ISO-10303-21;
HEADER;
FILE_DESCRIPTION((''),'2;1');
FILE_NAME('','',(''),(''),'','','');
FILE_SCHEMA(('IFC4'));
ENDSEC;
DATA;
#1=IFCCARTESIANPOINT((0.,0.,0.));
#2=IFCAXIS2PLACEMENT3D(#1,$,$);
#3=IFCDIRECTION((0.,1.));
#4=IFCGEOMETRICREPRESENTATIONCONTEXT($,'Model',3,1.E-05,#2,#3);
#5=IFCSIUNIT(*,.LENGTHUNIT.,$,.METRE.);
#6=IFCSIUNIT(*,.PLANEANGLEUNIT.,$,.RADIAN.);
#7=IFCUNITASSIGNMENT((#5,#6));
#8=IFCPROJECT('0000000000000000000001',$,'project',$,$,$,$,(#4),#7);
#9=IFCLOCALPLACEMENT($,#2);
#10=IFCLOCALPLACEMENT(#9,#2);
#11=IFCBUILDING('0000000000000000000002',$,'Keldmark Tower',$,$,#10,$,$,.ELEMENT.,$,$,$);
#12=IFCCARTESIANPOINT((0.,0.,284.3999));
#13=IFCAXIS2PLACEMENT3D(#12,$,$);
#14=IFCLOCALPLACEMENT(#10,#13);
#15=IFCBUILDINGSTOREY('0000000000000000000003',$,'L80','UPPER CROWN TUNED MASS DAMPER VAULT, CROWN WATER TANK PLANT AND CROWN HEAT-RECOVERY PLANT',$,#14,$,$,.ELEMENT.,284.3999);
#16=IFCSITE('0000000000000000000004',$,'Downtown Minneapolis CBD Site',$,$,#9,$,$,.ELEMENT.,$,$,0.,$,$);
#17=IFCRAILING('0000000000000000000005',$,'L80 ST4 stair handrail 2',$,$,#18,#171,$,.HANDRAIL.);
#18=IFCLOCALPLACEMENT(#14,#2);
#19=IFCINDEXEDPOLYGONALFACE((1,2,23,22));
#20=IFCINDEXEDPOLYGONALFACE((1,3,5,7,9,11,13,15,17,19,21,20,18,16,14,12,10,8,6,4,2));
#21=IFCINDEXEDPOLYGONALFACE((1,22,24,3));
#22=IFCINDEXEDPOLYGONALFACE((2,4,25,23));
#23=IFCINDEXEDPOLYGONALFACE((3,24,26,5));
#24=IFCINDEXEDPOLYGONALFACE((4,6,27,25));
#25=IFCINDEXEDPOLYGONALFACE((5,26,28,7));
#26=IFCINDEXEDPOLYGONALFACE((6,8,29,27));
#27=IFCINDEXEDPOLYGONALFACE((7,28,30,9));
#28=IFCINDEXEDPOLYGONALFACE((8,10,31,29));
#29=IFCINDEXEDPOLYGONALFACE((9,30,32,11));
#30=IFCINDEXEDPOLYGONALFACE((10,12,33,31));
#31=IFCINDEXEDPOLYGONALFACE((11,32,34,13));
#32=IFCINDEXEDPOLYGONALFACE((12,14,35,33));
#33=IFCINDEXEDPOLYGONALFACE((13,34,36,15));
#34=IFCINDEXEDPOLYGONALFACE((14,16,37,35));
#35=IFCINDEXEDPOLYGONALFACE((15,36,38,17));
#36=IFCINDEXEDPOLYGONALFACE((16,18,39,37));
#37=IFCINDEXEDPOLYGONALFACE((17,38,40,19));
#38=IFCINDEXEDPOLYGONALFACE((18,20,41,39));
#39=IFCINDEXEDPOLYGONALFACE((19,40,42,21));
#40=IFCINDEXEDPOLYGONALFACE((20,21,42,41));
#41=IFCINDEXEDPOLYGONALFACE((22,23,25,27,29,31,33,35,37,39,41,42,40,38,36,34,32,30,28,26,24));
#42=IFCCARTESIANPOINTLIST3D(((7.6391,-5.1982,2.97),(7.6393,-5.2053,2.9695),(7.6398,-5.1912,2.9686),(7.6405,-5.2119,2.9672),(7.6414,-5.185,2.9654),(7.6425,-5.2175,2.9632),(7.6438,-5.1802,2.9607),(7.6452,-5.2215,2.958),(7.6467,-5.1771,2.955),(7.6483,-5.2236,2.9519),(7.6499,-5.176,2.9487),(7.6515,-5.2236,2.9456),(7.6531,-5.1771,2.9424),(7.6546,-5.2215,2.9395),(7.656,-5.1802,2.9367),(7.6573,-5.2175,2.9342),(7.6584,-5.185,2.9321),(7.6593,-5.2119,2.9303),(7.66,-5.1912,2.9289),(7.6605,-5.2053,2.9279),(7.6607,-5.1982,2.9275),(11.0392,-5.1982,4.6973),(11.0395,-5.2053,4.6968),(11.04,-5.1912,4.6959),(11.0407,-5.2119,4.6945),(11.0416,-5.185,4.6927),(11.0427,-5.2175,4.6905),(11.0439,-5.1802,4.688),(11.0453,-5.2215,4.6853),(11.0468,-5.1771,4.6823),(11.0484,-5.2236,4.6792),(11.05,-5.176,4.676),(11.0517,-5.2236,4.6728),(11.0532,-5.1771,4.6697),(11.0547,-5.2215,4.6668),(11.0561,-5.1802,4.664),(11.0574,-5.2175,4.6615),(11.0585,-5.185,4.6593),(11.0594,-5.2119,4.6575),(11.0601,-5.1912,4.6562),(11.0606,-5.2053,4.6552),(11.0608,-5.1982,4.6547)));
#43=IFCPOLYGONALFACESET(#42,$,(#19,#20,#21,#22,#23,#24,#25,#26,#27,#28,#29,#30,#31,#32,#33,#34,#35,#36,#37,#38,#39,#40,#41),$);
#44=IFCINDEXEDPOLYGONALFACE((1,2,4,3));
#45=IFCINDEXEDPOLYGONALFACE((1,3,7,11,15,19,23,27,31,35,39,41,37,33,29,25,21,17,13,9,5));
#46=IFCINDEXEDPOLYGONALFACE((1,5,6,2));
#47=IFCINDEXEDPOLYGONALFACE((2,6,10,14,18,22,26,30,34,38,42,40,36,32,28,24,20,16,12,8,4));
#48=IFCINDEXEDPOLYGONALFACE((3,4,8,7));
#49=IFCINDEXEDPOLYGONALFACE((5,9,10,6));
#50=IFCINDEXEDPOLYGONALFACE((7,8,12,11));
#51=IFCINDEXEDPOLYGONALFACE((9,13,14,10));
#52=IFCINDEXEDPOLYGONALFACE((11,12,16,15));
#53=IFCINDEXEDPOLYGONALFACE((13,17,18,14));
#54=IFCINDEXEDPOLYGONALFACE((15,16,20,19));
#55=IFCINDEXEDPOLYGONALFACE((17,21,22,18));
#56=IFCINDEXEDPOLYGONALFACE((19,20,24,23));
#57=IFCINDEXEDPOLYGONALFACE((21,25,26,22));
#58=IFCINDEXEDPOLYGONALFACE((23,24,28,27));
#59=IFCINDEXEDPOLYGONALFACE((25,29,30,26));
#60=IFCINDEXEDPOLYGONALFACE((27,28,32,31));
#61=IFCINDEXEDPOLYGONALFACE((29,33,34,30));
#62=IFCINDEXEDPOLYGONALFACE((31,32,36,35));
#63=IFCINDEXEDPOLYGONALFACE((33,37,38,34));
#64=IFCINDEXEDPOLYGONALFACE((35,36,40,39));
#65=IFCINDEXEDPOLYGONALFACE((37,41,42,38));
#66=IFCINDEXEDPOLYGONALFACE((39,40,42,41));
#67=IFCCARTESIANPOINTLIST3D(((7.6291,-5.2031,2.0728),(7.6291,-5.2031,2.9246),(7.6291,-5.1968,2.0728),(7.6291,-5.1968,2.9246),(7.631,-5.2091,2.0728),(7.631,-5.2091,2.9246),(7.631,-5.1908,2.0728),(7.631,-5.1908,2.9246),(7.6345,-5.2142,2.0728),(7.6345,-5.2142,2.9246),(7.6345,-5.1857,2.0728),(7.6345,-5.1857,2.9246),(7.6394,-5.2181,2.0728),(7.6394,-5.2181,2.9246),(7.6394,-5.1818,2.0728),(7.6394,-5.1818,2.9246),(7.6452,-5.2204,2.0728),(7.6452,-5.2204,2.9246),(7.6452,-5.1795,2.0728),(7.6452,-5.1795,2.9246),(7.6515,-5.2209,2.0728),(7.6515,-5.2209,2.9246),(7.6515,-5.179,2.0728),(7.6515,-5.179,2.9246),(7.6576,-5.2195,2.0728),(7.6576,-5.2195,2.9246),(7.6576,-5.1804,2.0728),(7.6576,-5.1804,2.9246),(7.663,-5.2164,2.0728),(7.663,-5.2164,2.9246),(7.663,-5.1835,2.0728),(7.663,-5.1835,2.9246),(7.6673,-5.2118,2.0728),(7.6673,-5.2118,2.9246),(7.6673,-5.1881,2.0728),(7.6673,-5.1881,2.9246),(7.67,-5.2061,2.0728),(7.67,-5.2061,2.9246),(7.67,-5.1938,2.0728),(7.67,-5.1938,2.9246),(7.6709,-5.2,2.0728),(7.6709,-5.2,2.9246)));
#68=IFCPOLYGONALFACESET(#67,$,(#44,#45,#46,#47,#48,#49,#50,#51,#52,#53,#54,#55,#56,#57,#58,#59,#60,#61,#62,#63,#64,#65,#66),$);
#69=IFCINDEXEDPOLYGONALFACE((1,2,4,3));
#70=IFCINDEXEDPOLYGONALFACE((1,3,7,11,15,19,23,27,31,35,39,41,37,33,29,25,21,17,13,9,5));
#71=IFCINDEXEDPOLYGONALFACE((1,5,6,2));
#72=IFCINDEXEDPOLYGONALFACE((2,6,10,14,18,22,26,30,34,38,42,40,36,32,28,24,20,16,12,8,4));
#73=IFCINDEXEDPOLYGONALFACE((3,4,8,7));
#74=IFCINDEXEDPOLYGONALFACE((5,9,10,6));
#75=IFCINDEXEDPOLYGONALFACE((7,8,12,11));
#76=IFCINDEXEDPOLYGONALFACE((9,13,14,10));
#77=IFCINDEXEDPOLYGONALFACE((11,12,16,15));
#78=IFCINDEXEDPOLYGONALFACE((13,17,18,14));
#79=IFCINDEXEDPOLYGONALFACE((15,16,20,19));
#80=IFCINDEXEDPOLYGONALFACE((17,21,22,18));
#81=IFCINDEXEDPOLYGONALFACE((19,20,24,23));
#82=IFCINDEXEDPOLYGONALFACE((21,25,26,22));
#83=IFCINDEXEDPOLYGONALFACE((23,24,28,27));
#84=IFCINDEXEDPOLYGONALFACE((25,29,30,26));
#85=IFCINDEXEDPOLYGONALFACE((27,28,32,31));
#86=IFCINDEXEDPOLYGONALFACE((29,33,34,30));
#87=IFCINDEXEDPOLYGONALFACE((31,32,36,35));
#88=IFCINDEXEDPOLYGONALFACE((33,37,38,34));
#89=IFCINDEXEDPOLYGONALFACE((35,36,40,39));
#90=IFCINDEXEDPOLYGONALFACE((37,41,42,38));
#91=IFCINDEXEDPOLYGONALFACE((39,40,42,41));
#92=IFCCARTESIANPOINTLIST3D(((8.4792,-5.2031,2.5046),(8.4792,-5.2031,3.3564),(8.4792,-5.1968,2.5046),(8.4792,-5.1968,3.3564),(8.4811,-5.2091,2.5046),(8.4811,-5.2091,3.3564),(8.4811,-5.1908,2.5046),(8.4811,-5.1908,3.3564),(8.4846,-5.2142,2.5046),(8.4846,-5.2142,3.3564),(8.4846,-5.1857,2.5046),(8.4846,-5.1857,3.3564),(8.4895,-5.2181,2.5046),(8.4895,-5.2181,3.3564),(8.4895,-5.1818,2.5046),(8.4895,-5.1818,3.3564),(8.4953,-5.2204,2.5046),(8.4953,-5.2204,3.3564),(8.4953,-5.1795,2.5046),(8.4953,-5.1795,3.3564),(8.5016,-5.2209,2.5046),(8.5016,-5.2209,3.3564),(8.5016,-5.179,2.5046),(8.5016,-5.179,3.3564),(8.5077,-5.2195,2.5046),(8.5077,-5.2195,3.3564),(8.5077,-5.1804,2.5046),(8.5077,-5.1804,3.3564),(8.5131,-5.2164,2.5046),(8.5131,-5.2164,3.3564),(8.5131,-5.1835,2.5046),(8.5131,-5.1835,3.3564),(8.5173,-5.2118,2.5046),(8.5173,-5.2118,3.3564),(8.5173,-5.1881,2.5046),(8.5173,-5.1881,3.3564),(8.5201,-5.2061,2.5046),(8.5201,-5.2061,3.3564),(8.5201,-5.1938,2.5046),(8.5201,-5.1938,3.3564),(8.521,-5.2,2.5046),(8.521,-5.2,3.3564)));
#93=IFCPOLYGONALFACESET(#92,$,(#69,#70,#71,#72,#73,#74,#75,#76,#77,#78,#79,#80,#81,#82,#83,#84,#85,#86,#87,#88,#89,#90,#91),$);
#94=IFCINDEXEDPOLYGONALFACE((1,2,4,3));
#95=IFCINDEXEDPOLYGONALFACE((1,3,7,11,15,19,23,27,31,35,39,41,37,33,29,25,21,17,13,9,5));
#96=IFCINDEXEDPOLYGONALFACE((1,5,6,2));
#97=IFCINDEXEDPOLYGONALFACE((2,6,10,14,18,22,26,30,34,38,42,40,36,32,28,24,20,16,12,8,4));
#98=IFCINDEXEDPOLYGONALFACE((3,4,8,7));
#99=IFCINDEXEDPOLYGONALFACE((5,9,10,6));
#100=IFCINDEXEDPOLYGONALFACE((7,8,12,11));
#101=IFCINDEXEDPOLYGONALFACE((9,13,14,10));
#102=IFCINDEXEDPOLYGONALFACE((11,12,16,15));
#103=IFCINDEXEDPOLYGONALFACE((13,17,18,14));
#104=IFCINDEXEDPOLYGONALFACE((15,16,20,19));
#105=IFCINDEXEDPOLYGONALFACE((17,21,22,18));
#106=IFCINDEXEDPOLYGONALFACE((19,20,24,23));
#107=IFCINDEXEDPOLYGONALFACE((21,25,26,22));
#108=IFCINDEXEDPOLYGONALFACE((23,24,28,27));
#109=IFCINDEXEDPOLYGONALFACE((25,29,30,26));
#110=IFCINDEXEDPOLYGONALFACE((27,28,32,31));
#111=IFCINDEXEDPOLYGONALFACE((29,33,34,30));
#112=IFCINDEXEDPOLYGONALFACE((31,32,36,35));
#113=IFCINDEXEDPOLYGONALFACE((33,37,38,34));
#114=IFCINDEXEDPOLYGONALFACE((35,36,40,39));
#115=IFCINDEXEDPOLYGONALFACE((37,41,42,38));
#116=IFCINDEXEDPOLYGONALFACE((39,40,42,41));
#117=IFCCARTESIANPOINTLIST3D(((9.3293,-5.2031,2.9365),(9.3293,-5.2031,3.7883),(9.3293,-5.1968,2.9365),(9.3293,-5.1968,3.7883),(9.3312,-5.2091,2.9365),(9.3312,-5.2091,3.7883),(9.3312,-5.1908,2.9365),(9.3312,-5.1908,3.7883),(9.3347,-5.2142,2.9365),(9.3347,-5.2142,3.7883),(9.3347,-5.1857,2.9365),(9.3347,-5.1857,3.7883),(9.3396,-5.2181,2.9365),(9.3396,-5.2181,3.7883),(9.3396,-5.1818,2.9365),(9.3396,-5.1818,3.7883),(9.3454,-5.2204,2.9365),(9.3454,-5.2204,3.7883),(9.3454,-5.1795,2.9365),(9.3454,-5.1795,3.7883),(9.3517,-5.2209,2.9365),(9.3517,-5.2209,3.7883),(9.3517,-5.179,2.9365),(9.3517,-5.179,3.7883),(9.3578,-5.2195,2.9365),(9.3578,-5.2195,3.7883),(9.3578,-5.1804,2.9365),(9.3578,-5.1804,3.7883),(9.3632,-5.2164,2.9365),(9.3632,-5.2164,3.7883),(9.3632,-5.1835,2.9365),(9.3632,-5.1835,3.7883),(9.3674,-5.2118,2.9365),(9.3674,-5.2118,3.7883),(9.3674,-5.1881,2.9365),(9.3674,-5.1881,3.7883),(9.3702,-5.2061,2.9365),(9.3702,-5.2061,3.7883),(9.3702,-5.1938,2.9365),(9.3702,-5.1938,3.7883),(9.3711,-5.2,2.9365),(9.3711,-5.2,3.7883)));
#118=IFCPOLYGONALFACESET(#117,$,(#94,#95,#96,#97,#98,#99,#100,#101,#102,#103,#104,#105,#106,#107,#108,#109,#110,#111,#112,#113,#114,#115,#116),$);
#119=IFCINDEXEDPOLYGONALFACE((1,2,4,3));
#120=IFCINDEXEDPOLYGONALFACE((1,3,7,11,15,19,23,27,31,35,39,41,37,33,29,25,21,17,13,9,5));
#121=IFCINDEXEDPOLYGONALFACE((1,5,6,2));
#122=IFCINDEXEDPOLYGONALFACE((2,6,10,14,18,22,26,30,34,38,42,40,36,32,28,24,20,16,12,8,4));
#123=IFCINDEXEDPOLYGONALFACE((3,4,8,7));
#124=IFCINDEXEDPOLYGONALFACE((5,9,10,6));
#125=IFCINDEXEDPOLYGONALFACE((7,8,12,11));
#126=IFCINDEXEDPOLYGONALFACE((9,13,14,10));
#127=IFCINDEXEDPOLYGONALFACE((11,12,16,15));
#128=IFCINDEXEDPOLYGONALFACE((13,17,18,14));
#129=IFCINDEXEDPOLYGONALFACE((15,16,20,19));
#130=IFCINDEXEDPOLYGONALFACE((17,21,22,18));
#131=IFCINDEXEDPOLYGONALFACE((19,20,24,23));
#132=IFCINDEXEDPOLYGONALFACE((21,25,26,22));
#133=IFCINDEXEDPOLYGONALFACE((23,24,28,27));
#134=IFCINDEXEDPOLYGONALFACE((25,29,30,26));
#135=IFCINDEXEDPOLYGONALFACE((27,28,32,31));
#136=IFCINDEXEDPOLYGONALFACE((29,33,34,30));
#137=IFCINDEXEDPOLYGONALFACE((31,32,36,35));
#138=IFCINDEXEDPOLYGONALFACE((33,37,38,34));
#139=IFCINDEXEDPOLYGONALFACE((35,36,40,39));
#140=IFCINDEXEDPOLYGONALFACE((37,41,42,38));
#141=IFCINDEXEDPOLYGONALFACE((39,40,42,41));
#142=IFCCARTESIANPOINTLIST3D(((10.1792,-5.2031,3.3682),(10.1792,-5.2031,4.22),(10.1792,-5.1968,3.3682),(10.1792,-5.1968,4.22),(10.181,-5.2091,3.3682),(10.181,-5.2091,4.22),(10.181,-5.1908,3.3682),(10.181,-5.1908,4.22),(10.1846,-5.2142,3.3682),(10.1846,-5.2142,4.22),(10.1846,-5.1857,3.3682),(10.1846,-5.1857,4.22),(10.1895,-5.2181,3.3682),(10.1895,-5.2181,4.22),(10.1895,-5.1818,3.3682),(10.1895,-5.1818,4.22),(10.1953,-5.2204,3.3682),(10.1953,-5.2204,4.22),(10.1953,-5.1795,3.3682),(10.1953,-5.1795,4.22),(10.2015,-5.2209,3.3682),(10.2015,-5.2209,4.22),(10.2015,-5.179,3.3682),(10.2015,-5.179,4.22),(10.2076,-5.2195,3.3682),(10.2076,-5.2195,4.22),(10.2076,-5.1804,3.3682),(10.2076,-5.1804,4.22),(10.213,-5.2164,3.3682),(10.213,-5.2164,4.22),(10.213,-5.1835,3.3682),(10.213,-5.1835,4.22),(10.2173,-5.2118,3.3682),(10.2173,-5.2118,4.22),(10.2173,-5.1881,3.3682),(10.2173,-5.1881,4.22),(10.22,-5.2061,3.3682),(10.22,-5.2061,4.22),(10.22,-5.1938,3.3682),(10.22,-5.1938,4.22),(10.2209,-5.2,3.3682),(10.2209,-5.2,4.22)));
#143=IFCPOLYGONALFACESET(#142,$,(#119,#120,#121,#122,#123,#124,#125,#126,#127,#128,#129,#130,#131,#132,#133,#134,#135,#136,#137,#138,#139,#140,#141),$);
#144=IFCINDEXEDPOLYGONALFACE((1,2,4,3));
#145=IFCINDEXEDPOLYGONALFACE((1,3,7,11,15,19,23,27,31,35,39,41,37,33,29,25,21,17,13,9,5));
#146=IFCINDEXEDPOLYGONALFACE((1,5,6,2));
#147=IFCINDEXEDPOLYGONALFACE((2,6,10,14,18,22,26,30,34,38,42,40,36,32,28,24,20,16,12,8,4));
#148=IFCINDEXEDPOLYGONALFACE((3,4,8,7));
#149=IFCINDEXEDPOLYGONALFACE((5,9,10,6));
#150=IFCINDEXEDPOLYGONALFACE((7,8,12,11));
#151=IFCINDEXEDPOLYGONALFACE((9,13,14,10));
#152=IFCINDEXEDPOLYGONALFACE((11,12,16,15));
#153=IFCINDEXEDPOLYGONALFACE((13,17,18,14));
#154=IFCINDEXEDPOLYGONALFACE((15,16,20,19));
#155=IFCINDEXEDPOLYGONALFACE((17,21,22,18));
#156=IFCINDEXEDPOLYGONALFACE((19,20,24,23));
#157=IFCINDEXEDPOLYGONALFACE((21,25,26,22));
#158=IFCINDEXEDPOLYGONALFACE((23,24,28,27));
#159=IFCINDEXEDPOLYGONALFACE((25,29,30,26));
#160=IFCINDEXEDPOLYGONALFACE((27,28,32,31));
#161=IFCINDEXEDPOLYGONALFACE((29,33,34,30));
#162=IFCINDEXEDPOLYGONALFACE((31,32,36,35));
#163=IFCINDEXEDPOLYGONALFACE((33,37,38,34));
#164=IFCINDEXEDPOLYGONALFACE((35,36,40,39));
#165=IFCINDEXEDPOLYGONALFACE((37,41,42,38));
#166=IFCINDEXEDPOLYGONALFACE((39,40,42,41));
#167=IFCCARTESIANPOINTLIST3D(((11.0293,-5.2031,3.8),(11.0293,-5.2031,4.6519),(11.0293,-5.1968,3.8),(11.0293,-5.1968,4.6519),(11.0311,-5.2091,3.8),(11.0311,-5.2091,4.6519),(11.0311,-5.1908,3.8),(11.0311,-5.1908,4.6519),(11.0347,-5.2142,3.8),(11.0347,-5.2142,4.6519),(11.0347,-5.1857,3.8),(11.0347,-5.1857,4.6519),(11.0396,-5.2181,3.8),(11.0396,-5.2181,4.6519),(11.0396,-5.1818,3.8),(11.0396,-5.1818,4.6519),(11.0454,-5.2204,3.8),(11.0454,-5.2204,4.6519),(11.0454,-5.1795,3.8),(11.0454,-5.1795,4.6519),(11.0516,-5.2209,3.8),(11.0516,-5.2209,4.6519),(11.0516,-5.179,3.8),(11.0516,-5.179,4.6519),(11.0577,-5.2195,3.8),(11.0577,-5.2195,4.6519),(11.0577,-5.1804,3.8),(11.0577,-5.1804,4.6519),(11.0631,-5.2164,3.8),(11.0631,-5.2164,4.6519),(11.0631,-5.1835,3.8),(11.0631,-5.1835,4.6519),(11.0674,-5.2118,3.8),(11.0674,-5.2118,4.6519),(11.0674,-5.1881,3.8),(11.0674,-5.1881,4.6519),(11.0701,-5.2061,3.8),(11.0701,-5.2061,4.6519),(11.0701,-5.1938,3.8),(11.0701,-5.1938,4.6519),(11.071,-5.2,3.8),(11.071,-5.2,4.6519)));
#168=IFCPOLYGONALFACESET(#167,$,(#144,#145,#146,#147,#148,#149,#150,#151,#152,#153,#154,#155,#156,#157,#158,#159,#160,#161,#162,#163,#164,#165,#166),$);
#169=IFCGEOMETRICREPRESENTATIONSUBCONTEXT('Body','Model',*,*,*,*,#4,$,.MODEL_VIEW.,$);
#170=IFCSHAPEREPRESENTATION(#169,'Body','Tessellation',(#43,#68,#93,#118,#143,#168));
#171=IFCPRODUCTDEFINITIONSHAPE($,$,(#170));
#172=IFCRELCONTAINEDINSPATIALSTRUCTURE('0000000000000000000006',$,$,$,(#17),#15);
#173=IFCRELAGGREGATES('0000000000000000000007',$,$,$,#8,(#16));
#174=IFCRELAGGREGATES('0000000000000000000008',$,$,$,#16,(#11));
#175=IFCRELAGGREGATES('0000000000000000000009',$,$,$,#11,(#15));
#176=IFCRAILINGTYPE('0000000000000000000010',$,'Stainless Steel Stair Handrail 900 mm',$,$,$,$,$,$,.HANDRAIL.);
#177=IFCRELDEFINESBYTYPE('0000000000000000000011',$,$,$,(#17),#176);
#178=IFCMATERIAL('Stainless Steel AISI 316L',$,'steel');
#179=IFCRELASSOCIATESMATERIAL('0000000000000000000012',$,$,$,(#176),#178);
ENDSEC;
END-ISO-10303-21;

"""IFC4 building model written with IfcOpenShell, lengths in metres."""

from ifc_helpers import new_model, si_unit, direction, frame, origin, origin_2d, place, context, subcontext, project, spatial, circle, extrude, material, type_object, element, save


model = new_model("IFC4")

# Units and contexts
model_context = context("Model", 3, precision=1e-05, world=origin(), true_north=direction((0.0, 1.0)))
body_context = subcontext(model_context, "Body", "Model", "MODEL_VIEW")
ifc_project = project(units=[si_unit("LENGTHUNIT", "METRE"), si_unit("PLANEANGLEUNIT", "RADIAN")], contexts=[model_context])

# Site, building, storey
site_placement = place(None, origin())
site = spatial("IfcSite", under=ifc_project, at=site_placement, Name="Downtown Minneapolis CBD Site", CompositionType="ELEMENT", RefElevation=0.0)
building_placement = place(site_placement, origin())
building = spatial("IfcBuilding", under=site, at=building_placement, Name="Keldmark Tower", CompositionType="ELEMENT")
storey_placement = place(building_placement, frame((0.0, 0.0, 284.3999)))
storey = spatial("IfcBuildingStorey", under=building, at=storey_placement, Name="L80", Description="UPPER CROWN TUNED MASS DAMPER VAULT, CROWN WATER TANK PLANT AND CROWN HEAT-RECOVERY PLANT", CompositionType="ELEMENT", Elevation=284.3999)

# Railing
ifc_material_1 = material(Name="Stainless Steel AISI 316L", Category="steel")
railing_type_1 = type_object("IfcRailingType", Name="Stainless Steel Stair Handrail 900 mm", PredefinedType="HANDRAIL", material=ifc_material_1)
railing_1_placement = place(storey_placement, frame((7.6499, -5.2, 2.0728)))
element("IfcRailing", 1, at=railing_1_placement, inside=storey, type_object=railing_type_1, Name="L80 ST4 stair handrail 2", PredefinedType="HANDRAIL", context=body_context, shape_type="SweptSolid", body=[
    extrude(circle(Radius=0.0239, at=origin_2d()), frame((0.0, 0.0, 0.876), z_axis=(0.891554, 0.0, 0.452915), x_axis=(0.0, 1.0, 0.0)), (0.0, 0.0, 1.0), 3.8137),
    extrude(circle(Radius=0.021, at=origin_2d()), origin(), (0.0, 0.0, 1.0), 0.8518),
    extrude(circle(Radius=0.021, at=origin_2d()), frame((0.8501, 0.0, 0.4319)), (0.0, 0.0, 1.0), 0.8518),
    extrude(circle(Radius=0.021, at=origin_2d()), frame((1.7002, 0.0, 0.8638)), (0.0, 0.0, 1.0), 0.8518),
    extrude(circle(Radius=0.021, at=origin_2d()), frame((2.55, 0.0, 1.2954)), (0.0, 0.0, 1.0), 0.8518),
    extrude(circle(Radius=0.021, at=origin_2d()), frame((3.4001, 0.0, 1.7273)), (0.0, 0.0, 1.0), 0.8518),
])

save(model, "model.ifc")
